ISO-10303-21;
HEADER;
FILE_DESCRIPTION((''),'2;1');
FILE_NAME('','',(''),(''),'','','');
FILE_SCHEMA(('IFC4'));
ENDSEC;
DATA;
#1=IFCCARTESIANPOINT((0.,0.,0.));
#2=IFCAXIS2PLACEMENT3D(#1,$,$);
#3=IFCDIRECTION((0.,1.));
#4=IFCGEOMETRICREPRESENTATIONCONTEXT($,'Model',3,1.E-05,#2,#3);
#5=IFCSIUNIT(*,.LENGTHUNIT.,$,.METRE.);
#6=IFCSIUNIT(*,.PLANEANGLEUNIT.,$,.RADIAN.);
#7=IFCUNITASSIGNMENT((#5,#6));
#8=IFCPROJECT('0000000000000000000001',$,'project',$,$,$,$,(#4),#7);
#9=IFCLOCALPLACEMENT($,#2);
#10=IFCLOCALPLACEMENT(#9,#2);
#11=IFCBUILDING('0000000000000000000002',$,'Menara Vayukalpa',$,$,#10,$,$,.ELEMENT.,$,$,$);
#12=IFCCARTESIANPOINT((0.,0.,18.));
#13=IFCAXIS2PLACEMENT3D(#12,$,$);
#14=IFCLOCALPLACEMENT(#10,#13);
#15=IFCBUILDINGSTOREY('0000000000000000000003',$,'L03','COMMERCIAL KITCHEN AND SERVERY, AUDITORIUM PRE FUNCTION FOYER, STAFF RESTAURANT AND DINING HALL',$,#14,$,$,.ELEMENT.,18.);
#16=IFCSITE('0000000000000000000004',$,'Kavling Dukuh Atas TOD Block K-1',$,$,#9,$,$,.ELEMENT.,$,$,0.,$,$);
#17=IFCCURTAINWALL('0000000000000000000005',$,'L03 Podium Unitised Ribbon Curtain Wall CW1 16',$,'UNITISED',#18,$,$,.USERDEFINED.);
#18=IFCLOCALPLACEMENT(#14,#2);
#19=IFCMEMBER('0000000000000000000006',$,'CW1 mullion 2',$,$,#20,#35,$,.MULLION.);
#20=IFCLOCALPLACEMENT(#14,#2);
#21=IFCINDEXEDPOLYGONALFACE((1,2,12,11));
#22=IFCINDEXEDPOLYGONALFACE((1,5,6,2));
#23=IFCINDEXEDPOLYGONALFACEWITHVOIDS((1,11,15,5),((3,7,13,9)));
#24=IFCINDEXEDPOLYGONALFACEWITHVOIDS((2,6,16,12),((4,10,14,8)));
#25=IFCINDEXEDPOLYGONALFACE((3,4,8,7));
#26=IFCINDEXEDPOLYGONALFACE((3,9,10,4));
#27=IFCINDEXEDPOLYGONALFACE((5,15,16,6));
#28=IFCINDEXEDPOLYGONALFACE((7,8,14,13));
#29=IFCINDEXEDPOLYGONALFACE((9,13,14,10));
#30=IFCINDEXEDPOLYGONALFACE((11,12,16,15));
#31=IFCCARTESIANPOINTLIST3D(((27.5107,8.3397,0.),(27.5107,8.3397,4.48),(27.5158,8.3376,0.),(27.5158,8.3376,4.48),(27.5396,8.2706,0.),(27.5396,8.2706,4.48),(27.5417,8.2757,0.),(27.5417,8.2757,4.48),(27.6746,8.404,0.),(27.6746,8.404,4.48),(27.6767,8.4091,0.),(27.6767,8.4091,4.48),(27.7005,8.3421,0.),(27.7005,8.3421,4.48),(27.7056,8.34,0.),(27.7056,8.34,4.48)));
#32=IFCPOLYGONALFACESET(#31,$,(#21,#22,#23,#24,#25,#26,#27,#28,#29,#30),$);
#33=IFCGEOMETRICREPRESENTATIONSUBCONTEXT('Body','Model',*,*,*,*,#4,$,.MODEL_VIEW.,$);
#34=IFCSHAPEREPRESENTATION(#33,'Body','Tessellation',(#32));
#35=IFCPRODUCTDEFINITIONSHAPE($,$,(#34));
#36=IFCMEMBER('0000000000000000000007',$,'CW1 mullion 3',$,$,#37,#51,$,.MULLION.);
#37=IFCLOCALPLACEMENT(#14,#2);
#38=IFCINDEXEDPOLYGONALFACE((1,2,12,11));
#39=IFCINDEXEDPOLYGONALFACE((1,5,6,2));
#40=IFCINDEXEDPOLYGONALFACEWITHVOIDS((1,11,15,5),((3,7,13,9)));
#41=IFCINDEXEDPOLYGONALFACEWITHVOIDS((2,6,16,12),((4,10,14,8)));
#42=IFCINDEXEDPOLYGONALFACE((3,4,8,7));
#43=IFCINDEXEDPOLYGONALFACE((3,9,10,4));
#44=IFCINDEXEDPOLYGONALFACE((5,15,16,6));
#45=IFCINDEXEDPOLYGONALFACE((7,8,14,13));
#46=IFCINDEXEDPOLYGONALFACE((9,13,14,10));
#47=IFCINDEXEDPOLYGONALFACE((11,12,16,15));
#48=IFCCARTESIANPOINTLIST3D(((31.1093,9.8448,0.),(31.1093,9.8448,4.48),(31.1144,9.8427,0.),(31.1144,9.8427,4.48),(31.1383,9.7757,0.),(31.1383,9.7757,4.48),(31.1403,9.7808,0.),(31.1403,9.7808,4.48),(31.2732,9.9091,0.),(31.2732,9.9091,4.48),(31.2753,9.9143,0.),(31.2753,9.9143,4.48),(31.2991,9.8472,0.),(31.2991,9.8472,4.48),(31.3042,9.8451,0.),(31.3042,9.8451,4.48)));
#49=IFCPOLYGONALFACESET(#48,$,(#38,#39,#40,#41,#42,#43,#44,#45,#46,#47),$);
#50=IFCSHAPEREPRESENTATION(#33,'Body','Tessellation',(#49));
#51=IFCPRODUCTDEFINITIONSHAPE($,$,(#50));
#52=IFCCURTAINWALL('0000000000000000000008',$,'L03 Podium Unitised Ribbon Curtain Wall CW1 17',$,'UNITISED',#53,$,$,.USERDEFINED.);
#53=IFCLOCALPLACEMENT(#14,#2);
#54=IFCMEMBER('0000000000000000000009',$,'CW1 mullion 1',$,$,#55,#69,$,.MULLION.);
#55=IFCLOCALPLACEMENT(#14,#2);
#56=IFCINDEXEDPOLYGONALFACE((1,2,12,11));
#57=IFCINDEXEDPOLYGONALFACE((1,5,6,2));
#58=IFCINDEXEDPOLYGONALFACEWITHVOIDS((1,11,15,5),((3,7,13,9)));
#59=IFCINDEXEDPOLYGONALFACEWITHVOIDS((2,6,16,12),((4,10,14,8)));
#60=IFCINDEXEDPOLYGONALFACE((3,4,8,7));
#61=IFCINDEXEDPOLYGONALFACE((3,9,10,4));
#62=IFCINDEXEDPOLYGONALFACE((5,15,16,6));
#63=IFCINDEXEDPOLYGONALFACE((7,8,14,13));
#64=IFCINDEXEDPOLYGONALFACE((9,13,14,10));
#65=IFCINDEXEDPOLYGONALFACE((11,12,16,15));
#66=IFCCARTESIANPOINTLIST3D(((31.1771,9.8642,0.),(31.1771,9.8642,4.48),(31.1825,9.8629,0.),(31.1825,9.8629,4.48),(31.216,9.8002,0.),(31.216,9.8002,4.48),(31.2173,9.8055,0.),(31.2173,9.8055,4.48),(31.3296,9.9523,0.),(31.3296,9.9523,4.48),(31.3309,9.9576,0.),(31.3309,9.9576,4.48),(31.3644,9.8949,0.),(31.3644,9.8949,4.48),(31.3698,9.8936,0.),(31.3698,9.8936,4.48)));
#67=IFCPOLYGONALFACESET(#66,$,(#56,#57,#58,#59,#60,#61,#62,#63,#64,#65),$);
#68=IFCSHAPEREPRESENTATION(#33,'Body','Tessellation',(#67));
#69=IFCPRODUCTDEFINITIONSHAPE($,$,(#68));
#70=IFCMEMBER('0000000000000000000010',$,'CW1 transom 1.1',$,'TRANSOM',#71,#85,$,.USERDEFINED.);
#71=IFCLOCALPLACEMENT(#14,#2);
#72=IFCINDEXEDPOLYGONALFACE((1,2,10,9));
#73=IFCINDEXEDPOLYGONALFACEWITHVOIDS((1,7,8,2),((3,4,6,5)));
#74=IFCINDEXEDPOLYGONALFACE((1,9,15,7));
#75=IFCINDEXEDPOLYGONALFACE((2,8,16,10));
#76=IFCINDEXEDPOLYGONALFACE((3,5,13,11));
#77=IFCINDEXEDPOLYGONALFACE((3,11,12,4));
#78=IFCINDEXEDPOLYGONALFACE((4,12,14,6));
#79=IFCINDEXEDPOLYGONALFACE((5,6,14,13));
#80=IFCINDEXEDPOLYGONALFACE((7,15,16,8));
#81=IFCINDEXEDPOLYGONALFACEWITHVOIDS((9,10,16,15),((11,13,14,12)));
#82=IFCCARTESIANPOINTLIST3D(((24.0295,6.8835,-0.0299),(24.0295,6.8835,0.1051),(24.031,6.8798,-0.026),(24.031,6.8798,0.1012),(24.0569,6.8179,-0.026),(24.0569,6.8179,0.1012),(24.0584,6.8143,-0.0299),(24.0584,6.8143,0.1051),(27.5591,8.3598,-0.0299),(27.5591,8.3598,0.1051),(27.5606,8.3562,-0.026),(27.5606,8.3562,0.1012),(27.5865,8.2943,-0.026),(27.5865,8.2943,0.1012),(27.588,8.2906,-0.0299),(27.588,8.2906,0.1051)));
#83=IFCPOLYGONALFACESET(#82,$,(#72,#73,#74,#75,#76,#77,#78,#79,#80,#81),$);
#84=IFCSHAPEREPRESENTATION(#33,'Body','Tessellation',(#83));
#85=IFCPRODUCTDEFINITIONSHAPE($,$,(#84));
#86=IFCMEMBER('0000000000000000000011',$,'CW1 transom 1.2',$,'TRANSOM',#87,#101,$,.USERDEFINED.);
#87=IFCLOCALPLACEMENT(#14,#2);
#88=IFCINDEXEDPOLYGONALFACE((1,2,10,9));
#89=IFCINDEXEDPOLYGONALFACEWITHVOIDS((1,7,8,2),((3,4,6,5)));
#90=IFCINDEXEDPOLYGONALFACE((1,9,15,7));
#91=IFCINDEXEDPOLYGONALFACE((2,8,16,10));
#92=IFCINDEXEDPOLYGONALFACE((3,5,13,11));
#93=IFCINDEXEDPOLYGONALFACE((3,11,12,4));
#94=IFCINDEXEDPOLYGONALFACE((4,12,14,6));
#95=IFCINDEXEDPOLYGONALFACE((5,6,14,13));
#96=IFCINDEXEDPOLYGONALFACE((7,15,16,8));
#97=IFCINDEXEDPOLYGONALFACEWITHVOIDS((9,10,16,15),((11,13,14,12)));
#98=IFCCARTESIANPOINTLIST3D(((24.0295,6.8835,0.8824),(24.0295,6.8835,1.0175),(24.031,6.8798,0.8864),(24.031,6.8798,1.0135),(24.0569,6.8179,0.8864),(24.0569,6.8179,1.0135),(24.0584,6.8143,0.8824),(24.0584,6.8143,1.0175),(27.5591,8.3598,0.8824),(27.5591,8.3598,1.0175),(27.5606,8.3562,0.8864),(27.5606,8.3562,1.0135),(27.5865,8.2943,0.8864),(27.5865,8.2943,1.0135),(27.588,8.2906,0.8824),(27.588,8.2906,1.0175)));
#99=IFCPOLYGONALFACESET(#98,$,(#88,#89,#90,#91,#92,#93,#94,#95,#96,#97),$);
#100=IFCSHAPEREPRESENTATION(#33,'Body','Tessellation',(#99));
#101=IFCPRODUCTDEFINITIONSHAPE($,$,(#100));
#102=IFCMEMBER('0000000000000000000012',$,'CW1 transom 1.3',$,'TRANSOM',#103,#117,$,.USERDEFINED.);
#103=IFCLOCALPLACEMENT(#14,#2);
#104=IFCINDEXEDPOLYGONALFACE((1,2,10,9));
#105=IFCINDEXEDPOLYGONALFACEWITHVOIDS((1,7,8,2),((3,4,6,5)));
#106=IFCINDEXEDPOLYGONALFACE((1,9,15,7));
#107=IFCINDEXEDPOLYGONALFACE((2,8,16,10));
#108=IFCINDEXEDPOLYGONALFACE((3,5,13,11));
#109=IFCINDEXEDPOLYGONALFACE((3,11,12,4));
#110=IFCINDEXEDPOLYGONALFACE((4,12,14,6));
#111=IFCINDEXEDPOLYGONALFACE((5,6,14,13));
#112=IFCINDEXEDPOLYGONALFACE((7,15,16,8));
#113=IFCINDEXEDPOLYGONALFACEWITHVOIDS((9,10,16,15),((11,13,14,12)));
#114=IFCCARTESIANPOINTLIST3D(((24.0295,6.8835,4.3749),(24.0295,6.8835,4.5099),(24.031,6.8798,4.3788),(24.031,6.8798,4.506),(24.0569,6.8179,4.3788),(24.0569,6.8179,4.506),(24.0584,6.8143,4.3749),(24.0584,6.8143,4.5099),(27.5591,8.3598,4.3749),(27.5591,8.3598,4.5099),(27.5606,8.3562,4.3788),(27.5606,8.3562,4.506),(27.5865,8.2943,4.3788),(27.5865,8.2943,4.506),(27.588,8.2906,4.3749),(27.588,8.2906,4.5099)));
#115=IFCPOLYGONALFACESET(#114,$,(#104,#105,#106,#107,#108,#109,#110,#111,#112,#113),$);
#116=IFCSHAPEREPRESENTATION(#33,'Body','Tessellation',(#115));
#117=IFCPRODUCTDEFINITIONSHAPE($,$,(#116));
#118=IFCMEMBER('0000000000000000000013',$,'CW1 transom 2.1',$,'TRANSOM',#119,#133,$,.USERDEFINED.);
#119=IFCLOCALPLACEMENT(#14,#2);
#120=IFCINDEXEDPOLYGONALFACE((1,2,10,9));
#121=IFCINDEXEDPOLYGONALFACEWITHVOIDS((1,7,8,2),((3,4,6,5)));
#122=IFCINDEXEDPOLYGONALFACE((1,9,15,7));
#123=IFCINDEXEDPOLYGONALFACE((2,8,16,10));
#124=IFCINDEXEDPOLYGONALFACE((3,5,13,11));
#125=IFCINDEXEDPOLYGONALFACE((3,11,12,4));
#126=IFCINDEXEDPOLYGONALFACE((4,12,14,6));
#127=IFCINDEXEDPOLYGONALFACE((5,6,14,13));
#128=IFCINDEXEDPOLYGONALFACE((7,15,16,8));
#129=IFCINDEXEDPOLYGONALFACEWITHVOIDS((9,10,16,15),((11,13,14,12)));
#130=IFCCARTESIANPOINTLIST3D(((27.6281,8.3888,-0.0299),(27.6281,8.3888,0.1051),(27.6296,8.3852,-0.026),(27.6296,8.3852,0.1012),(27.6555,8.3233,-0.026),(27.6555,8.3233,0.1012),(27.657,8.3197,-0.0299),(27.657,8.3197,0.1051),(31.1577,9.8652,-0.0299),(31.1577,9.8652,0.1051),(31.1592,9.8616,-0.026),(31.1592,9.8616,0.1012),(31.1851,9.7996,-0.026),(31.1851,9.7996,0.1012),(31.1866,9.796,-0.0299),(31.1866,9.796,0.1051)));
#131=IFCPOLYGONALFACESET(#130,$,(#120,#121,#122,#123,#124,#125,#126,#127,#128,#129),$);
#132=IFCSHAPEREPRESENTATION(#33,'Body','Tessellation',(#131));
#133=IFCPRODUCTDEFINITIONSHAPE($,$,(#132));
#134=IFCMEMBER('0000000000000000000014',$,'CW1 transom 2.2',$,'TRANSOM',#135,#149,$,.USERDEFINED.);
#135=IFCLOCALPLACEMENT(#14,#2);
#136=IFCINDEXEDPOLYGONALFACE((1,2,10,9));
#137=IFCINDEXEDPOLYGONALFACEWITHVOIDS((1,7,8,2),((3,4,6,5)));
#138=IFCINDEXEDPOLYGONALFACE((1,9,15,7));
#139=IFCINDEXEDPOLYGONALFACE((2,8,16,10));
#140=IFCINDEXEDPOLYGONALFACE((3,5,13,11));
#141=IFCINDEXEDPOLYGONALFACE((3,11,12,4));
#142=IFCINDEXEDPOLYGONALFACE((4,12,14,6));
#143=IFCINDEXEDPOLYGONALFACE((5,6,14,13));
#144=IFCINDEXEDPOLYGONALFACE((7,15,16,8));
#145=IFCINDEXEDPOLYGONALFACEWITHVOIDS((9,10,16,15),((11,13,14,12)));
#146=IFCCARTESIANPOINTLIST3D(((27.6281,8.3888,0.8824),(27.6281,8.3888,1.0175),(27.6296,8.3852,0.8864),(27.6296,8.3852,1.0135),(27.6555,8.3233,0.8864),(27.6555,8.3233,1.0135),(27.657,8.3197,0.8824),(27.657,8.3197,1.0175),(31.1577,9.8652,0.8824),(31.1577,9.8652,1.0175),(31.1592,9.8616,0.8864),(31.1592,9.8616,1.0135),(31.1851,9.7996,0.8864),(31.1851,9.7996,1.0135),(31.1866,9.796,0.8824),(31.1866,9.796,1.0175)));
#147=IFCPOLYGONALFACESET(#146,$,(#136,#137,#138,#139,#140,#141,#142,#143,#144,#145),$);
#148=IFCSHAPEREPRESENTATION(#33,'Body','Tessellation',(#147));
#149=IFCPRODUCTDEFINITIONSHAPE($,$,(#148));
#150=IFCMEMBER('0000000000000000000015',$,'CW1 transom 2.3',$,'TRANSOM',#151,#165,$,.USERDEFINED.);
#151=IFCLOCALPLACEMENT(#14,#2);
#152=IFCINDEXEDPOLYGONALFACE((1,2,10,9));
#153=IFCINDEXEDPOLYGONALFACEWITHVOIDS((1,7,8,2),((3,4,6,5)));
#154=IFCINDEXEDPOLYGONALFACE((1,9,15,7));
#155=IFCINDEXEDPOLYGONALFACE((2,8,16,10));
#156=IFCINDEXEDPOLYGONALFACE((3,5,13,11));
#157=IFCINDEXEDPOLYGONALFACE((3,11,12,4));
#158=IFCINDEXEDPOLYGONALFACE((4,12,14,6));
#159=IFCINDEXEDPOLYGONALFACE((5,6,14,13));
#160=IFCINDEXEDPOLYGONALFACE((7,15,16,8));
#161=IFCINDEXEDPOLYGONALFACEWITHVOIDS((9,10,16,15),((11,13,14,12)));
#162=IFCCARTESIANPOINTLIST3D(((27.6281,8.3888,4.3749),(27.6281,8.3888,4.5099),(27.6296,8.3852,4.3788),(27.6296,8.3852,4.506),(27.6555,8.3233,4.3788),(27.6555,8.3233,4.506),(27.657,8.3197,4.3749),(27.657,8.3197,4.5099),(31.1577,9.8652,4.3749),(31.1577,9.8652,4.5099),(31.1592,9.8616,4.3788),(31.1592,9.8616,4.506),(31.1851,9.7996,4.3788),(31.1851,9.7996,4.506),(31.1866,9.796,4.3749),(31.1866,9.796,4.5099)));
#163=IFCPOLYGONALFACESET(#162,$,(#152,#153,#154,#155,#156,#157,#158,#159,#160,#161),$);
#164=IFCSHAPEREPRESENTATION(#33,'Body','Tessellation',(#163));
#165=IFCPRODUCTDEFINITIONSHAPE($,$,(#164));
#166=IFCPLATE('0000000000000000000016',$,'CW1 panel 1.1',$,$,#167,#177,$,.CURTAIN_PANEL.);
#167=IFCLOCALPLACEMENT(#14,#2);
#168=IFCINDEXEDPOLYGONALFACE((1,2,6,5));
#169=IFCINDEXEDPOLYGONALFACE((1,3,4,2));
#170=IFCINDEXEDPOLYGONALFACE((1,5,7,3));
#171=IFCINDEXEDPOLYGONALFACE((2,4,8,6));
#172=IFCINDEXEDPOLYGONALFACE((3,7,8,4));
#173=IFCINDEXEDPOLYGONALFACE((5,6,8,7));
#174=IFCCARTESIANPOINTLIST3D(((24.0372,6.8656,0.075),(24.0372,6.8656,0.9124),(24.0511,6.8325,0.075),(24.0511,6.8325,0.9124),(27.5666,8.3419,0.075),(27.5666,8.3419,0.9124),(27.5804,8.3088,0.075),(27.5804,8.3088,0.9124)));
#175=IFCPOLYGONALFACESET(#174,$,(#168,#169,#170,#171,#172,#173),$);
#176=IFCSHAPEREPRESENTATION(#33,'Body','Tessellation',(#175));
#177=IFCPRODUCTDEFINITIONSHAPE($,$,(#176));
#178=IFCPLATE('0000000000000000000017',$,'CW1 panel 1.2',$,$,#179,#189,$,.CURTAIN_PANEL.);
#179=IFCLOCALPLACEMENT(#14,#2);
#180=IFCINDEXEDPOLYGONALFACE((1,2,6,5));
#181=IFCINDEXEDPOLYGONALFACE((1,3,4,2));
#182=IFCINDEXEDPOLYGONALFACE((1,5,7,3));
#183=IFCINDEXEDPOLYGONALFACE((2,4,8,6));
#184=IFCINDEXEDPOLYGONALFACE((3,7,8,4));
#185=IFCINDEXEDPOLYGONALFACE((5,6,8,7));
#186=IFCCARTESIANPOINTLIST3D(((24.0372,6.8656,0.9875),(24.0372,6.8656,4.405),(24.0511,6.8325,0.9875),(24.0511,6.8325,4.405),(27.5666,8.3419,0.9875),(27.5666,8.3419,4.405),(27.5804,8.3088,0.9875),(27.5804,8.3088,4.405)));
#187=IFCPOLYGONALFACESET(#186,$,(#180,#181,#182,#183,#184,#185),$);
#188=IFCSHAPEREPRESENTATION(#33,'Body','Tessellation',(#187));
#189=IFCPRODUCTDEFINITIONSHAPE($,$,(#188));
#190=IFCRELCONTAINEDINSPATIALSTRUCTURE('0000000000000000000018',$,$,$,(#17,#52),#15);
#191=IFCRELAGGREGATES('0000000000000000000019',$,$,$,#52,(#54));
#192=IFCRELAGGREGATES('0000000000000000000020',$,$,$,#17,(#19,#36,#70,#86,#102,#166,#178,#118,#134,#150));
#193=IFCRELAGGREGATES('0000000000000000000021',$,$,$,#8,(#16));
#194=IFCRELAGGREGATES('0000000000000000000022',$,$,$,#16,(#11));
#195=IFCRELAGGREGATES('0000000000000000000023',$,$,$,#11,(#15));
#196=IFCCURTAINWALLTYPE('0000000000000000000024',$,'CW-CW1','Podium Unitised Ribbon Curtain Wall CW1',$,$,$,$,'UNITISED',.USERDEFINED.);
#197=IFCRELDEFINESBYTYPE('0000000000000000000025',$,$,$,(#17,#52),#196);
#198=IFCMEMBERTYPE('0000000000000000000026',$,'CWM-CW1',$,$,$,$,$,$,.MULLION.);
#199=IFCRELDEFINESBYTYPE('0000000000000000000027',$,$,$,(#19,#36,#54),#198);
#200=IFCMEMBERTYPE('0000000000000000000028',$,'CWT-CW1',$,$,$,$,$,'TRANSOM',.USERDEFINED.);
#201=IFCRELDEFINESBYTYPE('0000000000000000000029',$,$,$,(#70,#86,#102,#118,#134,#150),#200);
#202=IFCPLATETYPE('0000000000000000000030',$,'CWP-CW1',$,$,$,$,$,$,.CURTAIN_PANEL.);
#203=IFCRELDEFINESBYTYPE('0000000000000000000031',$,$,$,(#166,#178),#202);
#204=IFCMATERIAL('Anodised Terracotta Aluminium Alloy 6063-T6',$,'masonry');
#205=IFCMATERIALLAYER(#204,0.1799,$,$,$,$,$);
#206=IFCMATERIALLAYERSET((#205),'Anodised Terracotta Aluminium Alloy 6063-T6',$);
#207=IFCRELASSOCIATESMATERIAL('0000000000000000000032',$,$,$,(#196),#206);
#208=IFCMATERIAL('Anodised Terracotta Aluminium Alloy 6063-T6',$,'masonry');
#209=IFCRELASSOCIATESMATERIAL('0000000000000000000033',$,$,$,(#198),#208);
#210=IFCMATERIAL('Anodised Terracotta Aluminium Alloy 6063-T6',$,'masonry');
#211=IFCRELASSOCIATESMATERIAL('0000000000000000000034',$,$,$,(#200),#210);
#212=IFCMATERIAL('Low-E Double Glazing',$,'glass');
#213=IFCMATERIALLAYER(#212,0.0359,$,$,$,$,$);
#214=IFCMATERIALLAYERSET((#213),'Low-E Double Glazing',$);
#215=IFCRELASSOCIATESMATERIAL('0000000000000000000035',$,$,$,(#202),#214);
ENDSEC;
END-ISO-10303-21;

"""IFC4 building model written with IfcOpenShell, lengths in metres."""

from ifc_helpers import new_model, si_unit, direction, frame, origin, origin_2d, place, context, subcontext, project, spatial, rectangle, hollow_rectangle, extrude, material, layer, layer_set, material_profile, profile_set, type_object, element, aggregate, save


model = new_model("IFC4")

# Units and contexts
model_context = context("Model", 3, precision=1e-05, world=origin(), true_north=direction((0.0, 1.0)))
body_context = subcontext(model_context, "Body", "Model", "MODEL_VIEW")
ifc_project = project(units=[si_unit("LENGTHUNIT", "METRE"), si_unit("PLANEANGLEUNIT", "RADIAN")], contexts=[model_context])

# Site, building, storey
site_placement = place(None, origin())
site = spatial("IfcSite", under=ifc_project, at=site_placement, Name="Kavling Dukuh Atas TOD Block K-1", CompositionType="ELEMENT", RefElevation=0.0)
building_placement = place(site_placement, origin())
building = spatial("IfcBuilding", under=site, at=building_placement, Name="Menara Vayukalpa", CompositionType="ELEMENT")
storey_placement = place(building_placement, frame((0.0, 0.0, 18.0)))
storey = spatial("IfcBuildingStorey", under=building, at=storey_placement, Name="L03", Description="COMMERCIAL KITCHEN AND SERVERY, AUDITORIUM PRE FUNCTION FOYER, STAFF RESTAURANT AND DINING HALL", CompositionType="ELEMENT", Elevation=18.0)

# Curtain wall, members
ifc_material_1 = material(Name="Anodised Terracotta Aluminium Alloy 6063-T6", Category="masonry")
ifc_layer_1 = layer(ifc_material_1, 0.1799)
ifc_layer_set_1 = layer_set([ifc_layer_1], Name="Anodised Terracotta Aluminium Alloy 6063-T6")
curtain_wall_type = type_object("IfcCurtainWallType", Name="CW-CW1", Description="Podium Unitised Ribbon Curtain Wall CW1", ElementType="UNITISED", PredefinedType="USERDEFINED", material=ifc_layer_set_1)
curtain_wall_1_placement = place(storey_placement, origin())
curtain_wall_1 = element("IfcCurtainWall", 1, at=curtain_wall_1_placement, inside=storey, type_object=curtain_wall_type, Name="L03 Podium Unitised Ribbon Curtain Wall CW1 16", ObjectType="UNITISED", PredefinedType="USERDEFINED")
ifc_material_2 = material(Name="Anodised Terracotta Aluminium Alloy 6063-T6", Category="masonry")
ifc_material_profile_1 = material_profile(ifc_material_2, hollow_rectangle(XDim=0.075, YDim=0.1799, WallThickness=0.0039, at=origin_2d()), Name="ALU 75x180x4")
ifc_profile_set_1 = profile_set([ifc_material_profile_1], Name="Anodised Terracotta Aluminium Alloy 6063-T6")
member_type_1 = type_object("IfcMemberType", Name="CWM-CW1", PredefinedType="MULLION", material=ifc_profile_set_1)
member_1_placement = place(storey_placement, frame((27.6082, 8.3398, 0.0), z_axis=(0.0, 0.0, 1.0), x_axis=(-0.385891, 0.922545, 0.0)))
member_1 = element("IfcMember", 2, at=member_1_placement, type_object=member_type_1, Name="CW1 mullion 2", PredefinedType="MULLION", context=body_context, shape_type="SweptSolid", body=[
    extrude(hollow_rectangle(XDim=0.075, YDim=0.1799, WallThickness=0.0039, at=origin_2d()), origin(), (0.0, 0.0, 1.0), 4.48),
])
member_2_placement = place(storey_placement, frame((31.2068, 9.845, 0.0), z_axis=(0.0, 0.0, 1.0), x_axis=(-0.385891, 0.922545, 0.0)))
member_2 = element("IfcMember", 3, at=member_2_placement, type_object=member_type_1, Name="CW1 mullion 3", PredefinedType="MULLION", context=body_context, shape_type="SweptSolid", body=[
    extrude(hollow_rectangle(XDim=0.075, YDim=0.1799, WallThickness=0.0039, at=origin_2d()), origin(), (0.0, 0.0, 1.0), 4.48),
])

# Curtain wall, member
curtain_wall_2_placement = place(storey_placement, origin())
curtain_wall_2 = element("IfcCurtainWall", 4, at=curtain_wall_2_placement, inside=storey, type_object=curtain_wall_type, Name="L03 Podium Unitised Ribbon Curtain Wall CW1 17", ObjectType="UNITISED", PredefinedType="USERDEFINED")
member_3_placement = place(storey_placement, frame((31.2734, 9.8789, 0.0), z_axis=(0.0, 0.0, 1.0), x_axis=(-0.51918, 0.854665, 0.0)))
member_3 = element("IfcMember", 5, at=member_3_placement, type_object=member_type_1, Name="CW1 mullion 1", PredefinedType="MULLION", context=body_context, shape_type="SweptSolid", body=[
    extrude(hollow_rectangle(XDim=0.075, YDim=0.1799, WallThickness=0.0039, at=origin_2d()), origin(), (0.0, 0.0, 1.0), 4.48),
])
aggregate(curtain_wall_2, [member_3])

# Members
ifc_material_3 = material(Name="Anodised Terracotta Aluminium Alloy 6063-T6", Category="masonry")
ifc_material_profile_2 = material_profile(ifc_material_3, hollow_rectangle(XDim=0.075, YDim=0.135, WallThickness=0.0039, at=origin_2d()), Name="ALU 75x135x4")
ifc_profile_set_2 = profile_set([ifc_material_profile_2], Name="Anodised Terracotta Aluminium Alloy 6063-T6")
member_type_2 = type_object("IfcMemberType", Name="CWT-CW1", ElementType="TRANSOM", PredefinedType="USERDEFINED", material=ifc_profile_set_2)
member_4_placement = place(storey_placement, frame((24.0439, 6.8489, 0.0376), z_axis=(0.922549, 0.385879, 0.0), x_axis=(-0.385879, 0.922549, 0.0)))
member_4 = element("IfcMember", 6, at=member_4_placement, type_object=member_type_2, Name="CW1 transom 1.1", ObjectType="TRANSOM", PredefinedType="USERDEFINED", context=body_context, shape_type="SweptSolid", body=[
    extrude(hollow_rectangle(XDim=0.075, YDim=0.135, WallThickness=0.0039, at=origin_2d()), origin(), (0.0, 0.0, 1.0), 3.8259),
])
member_5_placement = place(storey_placement, frame((24.0439, 6.8489, 0.95), z_axis=(0.922549, 0.385879, 0.0), x_axis=(-0.385879, 0.922549, 0.0)))
member_5 = element("IfcMember", 7, at=member_5_placement, type_object=member_type_2, Name="CW1 transom 1.2", ObjectType="TRANSOM", PredefinedType="USERDEFINED", context=body_context, shape_type="SweptSolid", body=[
    extrude(hollow_rectangle(XDim=0.075, YDim=0.135, WallThickness=0.0039, at=origin_2d()), origin(), (0.0, 0.0, 1.0), 3.8259),
])
member_6_placement = place(storey_placement, frame((24.0439, 6.8489, 4.4424), z_axis=(0.922549, 0.385879, 0.0), x_axis=(-0.385879, 0.922549, 0.0)))
member_6 = element("IfcMember", 8, at=member_6_placement, type_object=member_type_2, Name="CW1 transom 1.3", ObjectType="TRANSOM", PredefinedType="USERDEFINED", context=body_context, shape_type="SweptSolid", body=[
    extrude(hollow_rectangle(XDim=0.075, YDim=0.135, WallThickness=0.0039, at=origin_2d()), origin(), (0.0, 0.0, 1.0), 3.8259),
])
member_7_placement = place(storey_placement, frame((27.6426, 8.3542, 0.0376), z_axis=(0.922549, 0.385879, 0.0), x_axis=(-0.385879, 0.922549, 0.0)))
member_7 = element("IfcMember", 9, at=member_7_placement, type_object=member_type_2, Name="CW1 transom 2.1", ObjectType="TRANSOM", PredefinedType="USERDEFINED", context=body_context, shape_type="SweptSolid", body=[
    extrude(hollow_rectangle(XDim=0.075, YDim=0.135, WallThickness=0.0039, at=origin_2d()), origin(), (0.0, 0.0, 1.0), 3.8259),
])
member_8_placement = place(storey_placement, frame((27.6426, 8.3542, 0.95), z_axis=(0.922549, 0.385879, 0.0), x_axis=(-0.385879, 0.922549, 0.0)))
member_8 = element("IfcMember", 10, at=member_8_placement, type_object=member_type_2, Name="CW1 transom 2.2", ObjectType="TRANSOM", PredefinedType="USERDEFINED", context=body_context, shape_type="SweptSolid", body=[
    extrude(hollow_rectangle(XDim=0.075, YDim=0.135, WallThickness=0.0039, at=origin_2d()), origin(), (0.0, 0.0, 1.0), 3.8259),
])
member_9_placement = place(storey_placement, frame((27.6426, 8.3542, 4.4424), z_axis=(0.922549, 0.385879, 0.0), x_axis=(-0.385879, 0.922549, 0.0)))
member_9 = element("IfcMember", 11, at=member_9_placement, type_object=member_type_2, Name="CW1 transom 2.3", ObjectType="TRANSOM", PredefinedType="USERDEFINED", context=body_context, shape_type="SweptSolid", body=[
    extrude(hollow_rectangle(XDim=0.075, YDim=0.135, WallThickness=0.0039, at=origin_2d()), origin(), (0.0, 0.0, 1.0), 3.8259),
])

# Plates
ifc_material_4 = material(Name="Low-E Double Glazing", Category="glass")
ifc_layer_2 = layer(ifc_material_4, 0.0359)
ifc_layer_set_2 = layer_set([ifc_layer_2], Name="Low-E Double Glazing")
plate_type = type_object("IfcPlateType", Name="CWP-CW1", PredefinedType="CURTAIN_PANEL", material=ifc_layer_set_2)
plate_1_placement = place(storey_placement, frame((25.8088, 7.5872, 0.075), z_axis=(0.0, 0.0, 1.0), x_axis=(0.922545, 0.385891, 0.0)))
plate_1 = element("IfcPlate", 12, at=plate_1_placement, type_object=plate_type, Name="CW1 panel 1.1", PredefinedType="CURTAIN_PANEL", context=body_context, shape_type="SweptSolid", body=[
    extrude(rectangle(XDim=3.8257, YDim=0.0359, at=origin_2d()), origin(), (0.0, 0.0, 1.0), 0.8374),
])
plate_2_placement = place(storey_placement, frame((25.8088, 7.5872, 0.9875), z_axis=(0.0, 0.0, 1.0), x_axis=(0.922545, 0.385891, 0.0)))
plate_2 = element("IfcPlate", 13, at=plate_2_placement, type_object=plate_type, Name="CW1 panel 1.2", PredefinedType="CURTAIN_PANEL", context=body_context, shape_type="SweptSolid", body=[
    extrude(rectangle(XDim=3.8257, YDim=0.0359, at=origin_2d()), origin(), (0.0, 0.0, 1.0), 3.4175),
])
aggregate(curtain_wall_1, [member_1, member_2, member_4, member_5, member_6, plate_1, plate_2, member_7, member_8, member_9])

save(model, "model.ifc")
